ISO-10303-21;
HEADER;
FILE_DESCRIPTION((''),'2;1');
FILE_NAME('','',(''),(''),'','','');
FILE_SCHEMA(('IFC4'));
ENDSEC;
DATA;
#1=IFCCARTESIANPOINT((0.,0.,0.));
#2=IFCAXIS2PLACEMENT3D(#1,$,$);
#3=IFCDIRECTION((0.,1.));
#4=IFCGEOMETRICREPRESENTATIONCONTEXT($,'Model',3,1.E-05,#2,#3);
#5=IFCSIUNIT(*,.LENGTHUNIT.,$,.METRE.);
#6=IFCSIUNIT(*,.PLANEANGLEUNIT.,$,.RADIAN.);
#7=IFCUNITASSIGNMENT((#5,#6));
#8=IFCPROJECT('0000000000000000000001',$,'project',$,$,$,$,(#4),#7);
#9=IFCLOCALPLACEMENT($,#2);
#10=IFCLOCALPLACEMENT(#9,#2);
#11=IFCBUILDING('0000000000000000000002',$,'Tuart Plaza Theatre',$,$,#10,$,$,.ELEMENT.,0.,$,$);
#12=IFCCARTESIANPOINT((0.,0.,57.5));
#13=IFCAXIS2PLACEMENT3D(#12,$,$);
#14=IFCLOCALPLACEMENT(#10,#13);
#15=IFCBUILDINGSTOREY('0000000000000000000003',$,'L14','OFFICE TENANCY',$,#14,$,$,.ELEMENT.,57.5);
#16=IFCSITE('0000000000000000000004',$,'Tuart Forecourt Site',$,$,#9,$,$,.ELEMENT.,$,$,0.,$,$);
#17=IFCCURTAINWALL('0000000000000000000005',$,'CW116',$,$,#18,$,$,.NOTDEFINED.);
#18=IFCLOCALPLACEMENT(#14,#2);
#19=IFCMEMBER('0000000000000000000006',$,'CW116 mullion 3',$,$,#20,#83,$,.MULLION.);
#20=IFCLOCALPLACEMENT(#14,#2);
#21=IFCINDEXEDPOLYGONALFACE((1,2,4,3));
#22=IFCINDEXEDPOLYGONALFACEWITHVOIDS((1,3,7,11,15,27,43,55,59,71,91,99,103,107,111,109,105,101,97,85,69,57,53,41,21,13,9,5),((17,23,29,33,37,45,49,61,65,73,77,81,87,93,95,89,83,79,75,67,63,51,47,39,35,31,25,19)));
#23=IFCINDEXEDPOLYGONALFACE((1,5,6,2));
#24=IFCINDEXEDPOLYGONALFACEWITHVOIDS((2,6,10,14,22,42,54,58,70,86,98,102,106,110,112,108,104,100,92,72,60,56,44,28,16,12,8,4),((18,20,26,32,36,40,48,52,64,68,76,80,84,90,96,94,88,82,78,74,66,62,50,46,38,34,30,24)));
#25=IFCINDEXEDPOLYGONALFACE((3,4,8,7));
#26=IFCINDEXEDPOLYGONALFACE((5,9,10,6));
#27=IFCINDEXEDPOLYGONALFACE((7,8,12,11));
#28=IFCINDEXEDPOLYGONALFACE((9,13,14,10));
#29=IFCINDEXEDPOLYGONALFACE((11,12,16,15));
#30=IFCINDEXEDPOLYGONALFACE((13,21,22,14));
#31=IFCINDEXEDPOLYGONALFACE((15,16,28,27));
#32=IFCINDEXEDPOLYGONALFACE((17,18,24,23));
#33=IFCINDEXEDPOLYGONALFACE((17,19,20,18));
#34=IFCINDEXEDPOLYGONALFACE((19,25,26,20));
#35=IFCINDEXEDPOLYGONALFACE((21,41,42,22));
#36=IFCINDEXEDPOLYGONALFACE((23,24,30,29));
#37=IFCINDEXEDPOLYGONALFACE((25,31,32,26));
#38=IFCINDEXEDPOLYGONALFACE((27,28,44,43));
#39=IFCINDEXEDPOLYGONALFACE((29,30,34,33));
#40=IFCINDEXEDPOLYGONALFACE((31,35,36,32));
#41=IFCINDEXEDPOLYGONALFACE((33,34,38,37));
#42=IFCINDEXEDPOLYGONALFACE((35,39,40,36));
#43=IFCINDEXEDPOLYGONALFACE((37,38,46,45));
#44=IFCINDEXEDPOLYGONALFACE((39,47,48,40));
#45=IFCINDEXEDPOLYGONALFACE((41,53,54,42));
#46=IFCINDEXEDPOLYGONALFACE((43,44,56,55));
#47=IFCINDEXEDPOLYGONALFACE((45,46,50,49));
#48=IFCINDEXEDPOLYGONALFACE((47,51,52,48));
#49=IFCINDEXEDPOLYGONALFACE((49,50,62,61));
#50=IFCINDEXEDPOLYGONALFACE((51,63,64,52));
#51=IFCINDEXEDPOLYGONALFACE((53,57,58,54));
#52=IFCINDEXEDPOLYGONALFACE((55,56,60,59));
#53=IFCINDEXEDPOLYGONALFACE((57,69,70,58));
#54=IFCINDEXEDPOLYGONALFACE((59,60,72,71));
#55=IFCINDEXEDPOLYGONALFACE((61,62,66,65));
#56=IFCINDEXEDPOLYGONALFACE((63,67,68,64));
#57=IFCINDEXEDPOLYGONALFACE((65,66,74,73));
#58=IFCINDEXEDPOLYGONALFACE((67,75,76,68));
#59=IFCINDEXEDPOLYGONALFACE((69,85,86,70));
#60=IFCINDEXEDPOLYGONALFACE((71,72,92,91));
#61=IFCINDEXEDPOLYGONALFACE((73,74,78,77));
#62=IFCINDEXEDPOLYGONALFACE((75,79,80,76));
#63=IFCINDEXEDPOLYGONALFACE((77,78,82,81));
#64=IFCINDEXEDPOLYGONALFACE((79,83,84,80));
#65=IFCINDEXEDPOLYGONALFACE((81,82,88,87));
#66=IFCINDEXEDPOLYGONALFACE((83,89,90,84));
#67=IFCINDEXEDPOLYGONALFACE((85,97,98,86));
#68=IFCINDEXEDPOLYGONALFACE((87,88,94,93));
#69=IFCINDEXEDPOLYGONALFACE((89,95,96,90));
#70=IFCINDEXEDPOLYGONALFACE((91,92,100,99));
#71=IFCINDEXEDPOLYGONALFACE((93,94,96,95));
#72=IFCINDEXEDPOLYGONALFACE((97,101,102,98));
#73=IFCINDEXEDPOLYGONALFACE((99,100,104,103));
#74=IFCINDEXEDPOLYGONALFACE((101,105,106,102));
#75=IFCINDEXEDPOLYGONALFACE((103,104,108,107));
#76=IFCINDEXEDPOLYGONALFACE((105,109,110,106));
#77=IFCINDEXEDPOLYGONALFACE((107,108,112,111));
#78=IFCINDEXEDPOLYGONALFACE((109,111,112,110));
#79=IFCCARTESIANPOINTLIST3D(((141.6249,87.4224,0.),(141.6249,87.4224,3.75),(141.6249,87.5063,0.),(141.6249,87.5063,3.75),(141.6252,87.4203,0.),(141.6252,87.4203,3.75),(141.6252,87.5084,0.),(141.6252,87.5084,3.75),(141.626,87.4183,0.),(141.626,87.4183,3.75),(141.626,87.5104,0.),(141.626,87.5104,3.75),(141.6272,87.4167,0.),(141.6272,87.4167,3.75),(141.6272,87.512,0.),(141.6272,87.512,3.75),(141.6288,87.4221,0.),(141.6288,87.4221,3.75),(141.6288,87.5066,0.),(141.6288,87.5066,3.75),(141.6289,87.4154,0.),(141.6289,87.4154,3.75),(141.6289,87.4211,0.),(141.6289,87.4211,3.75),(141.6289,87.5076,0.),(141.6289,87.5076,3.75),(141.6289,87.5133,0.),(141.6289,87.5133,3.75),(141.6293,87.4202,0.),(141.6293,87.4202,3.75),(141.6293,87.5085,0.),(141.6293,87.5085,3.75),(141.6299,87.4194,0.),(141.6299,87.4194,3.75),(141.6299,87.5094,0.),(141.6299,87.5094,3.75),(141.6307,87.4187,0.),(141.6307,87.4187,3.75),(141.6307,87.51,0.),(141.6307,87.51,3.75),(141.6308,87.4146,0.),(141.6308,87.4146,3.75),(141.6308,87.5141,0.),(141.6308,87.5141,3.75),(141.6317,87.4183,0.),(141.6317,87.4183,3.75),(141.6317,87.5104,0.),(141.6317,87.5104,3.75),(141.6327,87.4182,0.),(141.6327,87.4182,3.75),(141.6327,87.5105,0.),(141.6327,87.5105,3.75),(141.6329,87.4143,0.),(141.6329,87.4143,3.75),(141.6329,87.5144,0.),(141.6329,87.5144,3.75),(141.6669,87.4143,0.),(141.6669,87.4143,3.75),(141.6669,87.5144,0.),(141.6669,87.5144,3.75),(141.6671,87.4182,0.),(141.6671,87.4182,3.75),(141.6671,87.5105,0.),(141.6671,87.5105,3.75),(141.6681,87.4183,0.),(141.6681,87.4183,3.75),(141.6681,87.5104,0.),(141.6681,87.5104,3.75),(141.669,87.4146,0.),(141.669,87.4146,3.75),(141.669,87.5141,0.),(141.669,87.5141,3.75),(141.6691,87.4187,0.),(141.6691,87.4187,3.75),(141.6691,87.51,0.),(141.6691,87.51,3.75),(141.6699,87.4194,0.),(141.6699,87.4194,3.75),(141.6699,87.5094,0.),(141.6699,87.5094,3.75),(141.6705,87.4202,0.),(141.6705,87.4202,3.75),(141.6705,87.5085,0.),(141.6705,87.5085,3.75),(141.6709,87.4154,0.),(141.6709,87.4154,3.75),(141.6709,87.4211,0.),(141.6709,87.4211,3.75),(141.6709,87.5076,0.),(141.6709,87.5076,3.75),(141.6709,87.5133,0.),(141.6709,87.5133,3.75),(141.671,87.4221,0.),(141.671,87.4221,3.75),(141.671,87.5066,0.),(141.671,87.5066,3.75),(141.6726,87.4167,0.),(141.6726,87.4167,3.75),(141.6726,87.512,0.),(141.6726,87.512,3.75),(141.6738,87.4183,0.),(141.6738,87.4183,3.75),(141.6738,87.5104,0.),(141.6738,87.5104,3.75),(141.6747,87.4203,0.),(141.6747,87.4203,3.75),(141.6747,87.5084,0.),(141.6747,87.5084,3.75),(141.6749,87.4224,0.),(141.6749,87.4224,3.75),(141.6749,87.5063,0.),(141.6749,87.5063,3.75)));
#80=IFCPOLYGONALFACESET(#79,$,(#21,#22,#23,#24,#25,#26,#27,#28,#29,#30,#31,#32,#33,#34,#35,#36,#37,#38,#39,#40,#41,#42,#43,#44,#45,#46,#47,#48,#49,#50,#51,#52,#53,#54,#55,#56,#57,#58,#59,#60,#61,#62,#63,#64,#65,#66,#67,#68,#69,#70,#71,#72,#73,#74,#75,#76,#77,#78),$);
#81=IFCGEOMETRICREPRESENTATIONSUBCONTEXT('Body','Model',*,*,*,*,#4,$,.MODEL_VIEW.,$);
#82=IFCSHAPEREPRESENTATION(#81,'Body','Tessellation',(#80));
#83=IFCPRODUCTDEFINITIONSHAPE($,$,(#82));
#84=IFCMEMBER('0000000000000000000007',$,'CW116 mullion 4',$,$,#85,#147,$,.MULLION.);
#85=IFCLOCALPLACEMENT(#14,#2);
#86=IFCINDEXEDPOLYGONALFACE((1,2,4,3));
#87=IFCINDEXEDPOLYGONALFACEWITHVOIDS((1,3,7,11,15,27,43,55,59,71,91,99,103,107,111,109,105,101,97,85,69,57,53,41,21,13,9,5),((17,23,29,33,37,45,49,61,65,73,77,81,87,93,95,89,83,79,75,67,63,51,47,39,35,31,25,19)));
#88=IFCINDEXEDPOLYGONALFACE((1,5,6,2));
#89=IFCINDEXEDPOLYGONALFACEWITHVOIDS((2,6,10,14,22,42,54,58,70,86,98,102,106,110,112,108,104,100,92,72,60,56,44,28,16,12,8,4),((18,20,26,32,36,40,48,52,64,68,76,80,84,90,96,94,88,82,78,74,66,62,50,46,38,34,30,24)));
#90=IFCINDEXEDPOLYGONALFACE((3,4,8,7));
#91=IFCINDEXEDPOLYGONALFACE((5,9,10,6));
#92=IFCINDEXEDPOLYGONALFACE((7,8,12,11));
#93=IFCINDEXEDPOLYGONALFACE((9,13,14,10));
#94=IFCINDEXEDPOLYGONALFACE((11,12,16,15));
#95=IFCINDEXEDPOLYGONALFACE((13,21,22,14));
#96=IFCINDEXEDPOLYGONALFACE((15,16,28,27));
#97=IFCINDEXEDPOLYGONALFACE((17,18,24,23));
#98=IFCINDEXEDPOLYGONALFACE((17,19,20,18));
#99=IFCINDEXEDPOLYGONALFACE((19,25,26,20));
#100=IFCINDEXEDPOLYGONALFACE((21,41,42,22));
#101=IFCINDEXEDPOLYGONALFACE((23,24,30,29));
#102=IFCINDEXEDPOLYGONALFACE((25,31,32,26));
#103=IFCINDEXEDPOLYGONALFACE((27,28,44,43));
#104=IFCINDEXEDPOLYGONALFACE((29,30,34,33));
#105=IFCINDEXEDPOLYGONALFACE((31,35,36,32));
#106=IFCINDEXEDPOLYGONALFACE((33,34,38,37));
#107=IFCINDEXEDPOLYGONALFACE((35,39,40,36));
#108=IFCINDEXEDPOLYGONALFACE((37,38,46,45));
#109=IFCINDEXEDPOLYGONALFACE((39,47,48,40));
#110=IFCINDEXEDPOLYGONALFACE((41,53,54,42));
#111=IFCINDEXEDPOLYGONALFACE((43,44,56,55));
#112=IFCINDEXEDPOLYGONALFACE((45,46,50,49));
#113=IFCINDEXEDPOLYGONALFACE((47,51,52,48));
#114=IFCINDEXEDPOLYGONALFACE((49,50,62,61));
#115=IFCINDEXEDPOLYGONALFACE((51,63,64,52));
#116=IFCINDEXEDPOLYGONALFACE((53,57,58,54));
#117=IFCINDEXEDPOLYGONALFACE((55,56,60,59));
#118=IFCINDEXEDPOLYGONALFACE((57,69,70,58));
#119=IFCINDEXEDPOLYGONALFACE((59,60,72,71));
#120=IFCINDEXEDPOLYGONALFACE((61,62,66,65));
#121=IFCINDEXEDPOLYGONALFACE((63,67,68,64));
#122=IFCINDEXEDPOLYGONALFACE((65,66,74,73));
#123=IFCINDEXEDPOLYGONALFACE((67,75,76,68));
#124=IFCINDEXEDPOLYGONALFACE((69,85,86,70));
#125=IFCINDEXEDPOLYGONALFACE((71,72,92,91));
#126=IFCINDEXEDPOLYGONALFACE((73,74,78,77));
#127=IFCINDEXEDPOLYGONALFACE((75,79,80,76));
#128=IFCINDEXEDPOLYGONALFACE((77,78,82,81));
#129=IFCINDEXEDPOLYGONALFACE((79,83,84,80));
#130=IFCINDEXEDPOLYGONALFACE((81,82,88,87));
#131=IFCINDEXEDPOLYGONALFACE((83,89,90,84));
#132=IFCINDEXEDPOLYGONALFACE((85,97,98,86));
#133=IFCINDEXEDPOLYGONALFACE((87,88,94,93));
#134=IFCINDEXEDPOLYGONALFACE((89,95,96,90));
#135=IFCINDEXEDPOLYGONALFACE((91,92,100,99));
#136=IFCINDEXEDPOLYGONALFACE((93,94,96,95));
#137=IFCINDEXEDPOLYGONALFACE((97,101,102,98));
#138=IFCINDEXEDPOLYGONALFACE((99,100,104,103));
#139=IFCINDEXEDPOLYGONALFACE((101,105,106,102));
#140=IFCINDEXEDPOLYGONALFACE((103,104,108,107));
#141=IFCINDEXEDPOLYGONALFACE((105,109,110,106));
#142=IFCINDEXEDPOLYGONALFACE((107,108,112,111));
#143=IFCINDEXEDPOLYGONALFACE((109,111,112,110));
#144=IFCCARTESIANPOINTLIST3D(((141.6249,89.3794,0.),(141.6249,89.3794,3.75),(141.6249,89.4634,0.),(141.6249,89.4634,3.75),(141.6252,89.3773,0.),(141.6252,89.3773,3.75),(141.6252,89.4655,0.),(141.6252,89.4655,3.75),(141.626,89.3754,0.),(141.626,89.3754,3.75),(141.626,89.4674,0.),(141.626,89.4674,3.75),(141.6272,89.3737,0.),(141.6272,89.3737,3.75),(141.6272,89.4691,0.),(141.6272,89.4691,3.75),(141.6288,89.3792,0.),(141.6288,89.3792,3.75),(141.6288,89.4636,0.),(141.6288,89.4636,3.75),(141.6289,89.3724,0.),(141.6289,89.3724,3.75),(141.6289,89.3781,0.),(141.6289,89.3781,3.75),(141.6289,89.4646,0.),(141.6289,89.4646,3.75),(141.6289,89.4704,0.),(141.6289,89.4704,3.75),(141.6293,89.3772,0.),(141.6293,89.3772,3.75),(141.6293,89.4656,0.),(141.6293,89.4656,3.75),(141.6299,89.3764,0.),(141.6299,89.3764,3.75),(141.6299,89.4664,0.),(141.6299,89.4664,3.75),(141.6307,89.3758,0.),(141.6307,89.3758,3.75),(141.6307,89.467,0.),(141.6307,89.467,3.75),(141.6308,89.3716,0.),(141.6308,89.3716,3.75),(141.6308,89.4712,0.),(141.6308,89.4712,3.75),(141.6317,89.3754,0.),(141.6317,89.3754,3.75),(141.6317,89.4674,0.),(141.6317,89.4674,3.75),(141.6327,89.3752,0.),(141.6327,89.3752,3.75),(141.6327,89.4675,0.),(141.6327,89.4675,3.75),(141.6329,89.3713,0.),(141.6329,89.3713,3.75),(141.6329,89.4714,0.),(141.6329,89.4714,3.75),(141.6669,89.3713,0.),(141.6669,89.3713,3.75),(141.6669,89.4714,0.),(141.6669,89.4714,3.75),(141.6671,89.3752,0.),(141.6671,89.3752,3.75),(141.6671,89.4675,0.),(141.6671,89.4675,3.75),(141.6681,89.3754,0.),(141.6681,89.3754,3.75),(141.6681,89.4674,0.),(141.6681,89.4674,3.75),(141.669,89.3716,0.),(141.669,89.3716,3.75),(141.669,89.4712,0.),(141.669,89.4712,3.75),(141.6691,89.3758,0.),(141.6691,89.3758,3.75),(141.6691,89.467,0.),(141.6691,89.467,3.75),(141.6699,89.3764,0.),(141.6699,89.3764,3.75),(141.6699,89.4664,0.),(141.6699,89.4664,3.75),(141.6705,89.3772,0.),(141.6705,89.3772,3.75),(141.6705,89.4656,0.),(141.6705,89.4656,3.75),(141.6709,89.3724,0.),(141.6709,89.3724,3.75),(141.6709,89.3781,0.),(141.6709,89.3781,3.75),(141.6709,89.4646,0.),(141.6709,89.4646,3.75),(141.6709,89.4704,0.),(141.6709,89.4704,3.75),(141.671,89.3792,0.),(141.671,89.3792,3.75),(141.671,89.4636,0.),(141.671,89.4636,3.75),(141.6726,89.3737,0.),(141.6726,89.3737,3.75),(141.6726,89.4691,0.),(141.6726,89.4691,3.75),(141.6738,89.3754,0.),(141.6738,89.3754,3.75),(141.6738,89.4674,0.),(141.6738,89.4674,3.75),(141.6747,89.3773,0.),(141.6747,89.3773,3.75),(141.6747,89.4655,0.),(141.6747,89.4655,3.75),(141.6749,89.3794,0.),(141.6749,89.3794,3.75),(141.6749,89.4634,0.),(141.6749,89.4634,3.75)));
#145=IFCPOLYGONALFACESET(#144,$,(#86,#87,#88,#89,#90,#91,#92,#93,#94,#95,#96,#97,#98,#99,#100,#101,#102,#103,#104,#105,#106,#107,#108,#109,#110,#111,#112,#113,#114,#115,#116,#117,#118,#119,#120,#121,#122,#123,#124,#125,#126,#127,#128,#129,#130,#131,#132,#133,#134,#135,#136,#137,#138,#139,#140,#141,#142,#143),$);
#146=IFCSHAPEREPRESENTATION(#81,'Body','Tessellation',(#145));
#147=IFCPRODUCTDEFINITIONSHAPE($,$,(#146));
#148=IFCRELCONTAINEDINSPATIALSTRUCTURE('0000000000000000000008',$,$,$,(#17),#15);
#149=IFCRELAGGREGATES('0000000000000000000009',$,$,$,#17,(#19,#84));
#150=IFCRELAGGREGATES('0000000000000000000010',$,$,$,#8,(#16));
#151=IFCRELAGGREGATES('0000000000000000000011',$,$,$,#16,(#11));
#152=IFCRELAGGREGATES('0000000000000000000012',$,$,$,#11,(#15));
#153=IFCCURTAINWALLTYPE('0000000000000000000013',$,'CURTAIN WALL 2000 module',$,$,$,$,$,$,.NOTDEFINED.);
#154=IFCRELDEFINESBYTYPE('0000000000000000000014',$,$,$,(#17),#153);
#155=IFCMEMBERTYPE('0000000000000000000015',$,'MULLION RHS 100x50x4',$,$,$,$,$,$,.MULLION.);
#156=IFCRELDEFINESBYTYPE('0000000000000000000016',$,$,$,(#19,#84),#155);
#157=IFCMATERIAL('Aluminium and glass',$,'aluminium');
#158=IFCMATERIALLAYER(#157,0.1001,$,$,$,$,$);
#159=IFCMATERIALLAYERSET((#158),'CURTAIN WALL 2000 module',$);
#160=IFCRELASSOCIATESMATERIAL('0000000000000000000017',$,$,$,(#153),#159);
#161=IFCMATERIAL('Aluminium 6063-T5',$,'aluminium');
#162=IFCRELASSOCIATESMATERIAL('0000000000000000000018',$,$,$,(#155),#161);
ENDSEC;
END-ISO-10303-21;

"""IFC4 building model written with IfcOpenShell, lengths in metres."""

from ifc_helpers import new_model, si_unit, direction, frame, origin, origin_2d, place, context, subcontext, project, spatial, hollow_rectangle, extrude, material, layer, layer_set, material_profile, profile_set, type_object, element, aggregate, save


model = new_model("IFC4")

# Units and contexts
model_context = context("Model", 3, precision=1e-05, world=origin(), true_north=direction((0.0, 1.0)))
body_context = subcontext(model_context, "Body", "Model", "MODEL_VIEW")
ifc_project = project(units=[si_unit("LENGTHUNIT", "METRE"), si_unit("PLANEANGLEUNIT", "RADIAN")], contexts=[model_context])

# Site, building, storey
site_placement = place(None, origin())
site = spatial("IfcSite", under=ifc_project, at=site_placement, Name="Tuart Forecourt Site", CompositionType="ELEMENT", RefElevation=0.0)
building_placement = place(site_placement, origin())
building = spatial("IfcBuilding", under=site, at=building_placement, Name="Tuart Plaza Theatre", CompositionType="ELEMENT", ElevationOfRefHeight=0.0)
storey_placement = place(building_placement, frame((0.0, 0.0, 57.5)))
storey = spatial("IfcBuildingStorey", under=building, at=storey_placement, Name="L14", Description="OFFICE TENANCY", CompositionType="ELEMENT", Elevation=57.5)

# Curtain wall, members
ifc_material_1 = material(Name="Aluminium and glass", Category="aluminium")
ifc_layer_1 = layer(ifc_material_1, 0.1001)
ifc_layer_set_1 = layer_set([ifc_layer_1], Name="CURTAIN WALL 2000 module")
curtain_wall_type = type_object("IfcCurtainWallType", Name="CURTAIN WALL 2000 module", PredefinedType="NOTDEFINED", material=ifc_layer_set_1)
curtain_wall_placement = place(storey_placement, origin())
curtain_wall = element("IfcCurtainWall", 1, at=curtain_wall_placement, inside=storey, type_object=curtain_wall_type, Name="CW116", PredefinedType="NOTDEFINED")
ifc_material_2 = material(Name="Aluminium 6063-T5", Category="aluminium")
ifc_material_profile_1 = material_profile(ifc_material_2, hollow_rectangle(XDim=0.05, YDim=0.1001, WallThickness=0.0039, InnerFilletRadius=0.0039, OuterFilletRadius=0.0081, at=origin_2d()), Name="RHS 100x50x4")
ifc_profile_set_1 = profile_set([ifc_material_profile_1], Name="Aluminium 6063-T5")
member_type_1 = type_object("IfcMemberType", Name="MULLION RHS 100x50x4", PredefinedType="MULLION", material=ifc_profile_set_1)
member_1_placement = place(storey_placement, frame((141.6499, 87.4644, 0.0), z_axis=(0.0, 0.0, 1.0), x_axis=(-1.0, 0.0, 0.0)))
member_1 = element("IfcMember", 2, at=member_1_placement, type_object=member_type_1, Name="CW116 mullion 3", PredefinedType="MULLION", context=body_context, shape_type="SweptSolid", body=[
    extrude(hollow_rectangle(XDim=0.05, YDim=0.1001, WallThickness=0.0039, InnerFilletRadius=0.0039, OuterFilletRadius=0.0081, at=origin_2d()), origin(), (0.0, 0.0, 1.0), 3.75),
])
member_2_placement = place(storey_placement, frame((141.6499, 89.4214, 0.0), z_axis=(0.0, 0.0, 1.0), x_axis=(-1.0, 0.0, 0.0)))
member_2 = element("IfcMember", 3, at=member_2_placement, type_object=member_type_1, Name="CW116 mullion 4", PredefinedType="MULLION", context=body_context, shape_type="SweptSolid", body=[
    extrude(hollow_rectangle(XDim=0.05, YDim=0.1001, WallThickness=0.0039, InnerFilletRadius=0.0039, OuterFilletRadius=0.0081, at=origin_2d()), origin(), (0.0, 0.0, 1.0), 3.75),
])
aggregate(curtain_wall, [member_1, member_2])

save(model, "model.ifc")
